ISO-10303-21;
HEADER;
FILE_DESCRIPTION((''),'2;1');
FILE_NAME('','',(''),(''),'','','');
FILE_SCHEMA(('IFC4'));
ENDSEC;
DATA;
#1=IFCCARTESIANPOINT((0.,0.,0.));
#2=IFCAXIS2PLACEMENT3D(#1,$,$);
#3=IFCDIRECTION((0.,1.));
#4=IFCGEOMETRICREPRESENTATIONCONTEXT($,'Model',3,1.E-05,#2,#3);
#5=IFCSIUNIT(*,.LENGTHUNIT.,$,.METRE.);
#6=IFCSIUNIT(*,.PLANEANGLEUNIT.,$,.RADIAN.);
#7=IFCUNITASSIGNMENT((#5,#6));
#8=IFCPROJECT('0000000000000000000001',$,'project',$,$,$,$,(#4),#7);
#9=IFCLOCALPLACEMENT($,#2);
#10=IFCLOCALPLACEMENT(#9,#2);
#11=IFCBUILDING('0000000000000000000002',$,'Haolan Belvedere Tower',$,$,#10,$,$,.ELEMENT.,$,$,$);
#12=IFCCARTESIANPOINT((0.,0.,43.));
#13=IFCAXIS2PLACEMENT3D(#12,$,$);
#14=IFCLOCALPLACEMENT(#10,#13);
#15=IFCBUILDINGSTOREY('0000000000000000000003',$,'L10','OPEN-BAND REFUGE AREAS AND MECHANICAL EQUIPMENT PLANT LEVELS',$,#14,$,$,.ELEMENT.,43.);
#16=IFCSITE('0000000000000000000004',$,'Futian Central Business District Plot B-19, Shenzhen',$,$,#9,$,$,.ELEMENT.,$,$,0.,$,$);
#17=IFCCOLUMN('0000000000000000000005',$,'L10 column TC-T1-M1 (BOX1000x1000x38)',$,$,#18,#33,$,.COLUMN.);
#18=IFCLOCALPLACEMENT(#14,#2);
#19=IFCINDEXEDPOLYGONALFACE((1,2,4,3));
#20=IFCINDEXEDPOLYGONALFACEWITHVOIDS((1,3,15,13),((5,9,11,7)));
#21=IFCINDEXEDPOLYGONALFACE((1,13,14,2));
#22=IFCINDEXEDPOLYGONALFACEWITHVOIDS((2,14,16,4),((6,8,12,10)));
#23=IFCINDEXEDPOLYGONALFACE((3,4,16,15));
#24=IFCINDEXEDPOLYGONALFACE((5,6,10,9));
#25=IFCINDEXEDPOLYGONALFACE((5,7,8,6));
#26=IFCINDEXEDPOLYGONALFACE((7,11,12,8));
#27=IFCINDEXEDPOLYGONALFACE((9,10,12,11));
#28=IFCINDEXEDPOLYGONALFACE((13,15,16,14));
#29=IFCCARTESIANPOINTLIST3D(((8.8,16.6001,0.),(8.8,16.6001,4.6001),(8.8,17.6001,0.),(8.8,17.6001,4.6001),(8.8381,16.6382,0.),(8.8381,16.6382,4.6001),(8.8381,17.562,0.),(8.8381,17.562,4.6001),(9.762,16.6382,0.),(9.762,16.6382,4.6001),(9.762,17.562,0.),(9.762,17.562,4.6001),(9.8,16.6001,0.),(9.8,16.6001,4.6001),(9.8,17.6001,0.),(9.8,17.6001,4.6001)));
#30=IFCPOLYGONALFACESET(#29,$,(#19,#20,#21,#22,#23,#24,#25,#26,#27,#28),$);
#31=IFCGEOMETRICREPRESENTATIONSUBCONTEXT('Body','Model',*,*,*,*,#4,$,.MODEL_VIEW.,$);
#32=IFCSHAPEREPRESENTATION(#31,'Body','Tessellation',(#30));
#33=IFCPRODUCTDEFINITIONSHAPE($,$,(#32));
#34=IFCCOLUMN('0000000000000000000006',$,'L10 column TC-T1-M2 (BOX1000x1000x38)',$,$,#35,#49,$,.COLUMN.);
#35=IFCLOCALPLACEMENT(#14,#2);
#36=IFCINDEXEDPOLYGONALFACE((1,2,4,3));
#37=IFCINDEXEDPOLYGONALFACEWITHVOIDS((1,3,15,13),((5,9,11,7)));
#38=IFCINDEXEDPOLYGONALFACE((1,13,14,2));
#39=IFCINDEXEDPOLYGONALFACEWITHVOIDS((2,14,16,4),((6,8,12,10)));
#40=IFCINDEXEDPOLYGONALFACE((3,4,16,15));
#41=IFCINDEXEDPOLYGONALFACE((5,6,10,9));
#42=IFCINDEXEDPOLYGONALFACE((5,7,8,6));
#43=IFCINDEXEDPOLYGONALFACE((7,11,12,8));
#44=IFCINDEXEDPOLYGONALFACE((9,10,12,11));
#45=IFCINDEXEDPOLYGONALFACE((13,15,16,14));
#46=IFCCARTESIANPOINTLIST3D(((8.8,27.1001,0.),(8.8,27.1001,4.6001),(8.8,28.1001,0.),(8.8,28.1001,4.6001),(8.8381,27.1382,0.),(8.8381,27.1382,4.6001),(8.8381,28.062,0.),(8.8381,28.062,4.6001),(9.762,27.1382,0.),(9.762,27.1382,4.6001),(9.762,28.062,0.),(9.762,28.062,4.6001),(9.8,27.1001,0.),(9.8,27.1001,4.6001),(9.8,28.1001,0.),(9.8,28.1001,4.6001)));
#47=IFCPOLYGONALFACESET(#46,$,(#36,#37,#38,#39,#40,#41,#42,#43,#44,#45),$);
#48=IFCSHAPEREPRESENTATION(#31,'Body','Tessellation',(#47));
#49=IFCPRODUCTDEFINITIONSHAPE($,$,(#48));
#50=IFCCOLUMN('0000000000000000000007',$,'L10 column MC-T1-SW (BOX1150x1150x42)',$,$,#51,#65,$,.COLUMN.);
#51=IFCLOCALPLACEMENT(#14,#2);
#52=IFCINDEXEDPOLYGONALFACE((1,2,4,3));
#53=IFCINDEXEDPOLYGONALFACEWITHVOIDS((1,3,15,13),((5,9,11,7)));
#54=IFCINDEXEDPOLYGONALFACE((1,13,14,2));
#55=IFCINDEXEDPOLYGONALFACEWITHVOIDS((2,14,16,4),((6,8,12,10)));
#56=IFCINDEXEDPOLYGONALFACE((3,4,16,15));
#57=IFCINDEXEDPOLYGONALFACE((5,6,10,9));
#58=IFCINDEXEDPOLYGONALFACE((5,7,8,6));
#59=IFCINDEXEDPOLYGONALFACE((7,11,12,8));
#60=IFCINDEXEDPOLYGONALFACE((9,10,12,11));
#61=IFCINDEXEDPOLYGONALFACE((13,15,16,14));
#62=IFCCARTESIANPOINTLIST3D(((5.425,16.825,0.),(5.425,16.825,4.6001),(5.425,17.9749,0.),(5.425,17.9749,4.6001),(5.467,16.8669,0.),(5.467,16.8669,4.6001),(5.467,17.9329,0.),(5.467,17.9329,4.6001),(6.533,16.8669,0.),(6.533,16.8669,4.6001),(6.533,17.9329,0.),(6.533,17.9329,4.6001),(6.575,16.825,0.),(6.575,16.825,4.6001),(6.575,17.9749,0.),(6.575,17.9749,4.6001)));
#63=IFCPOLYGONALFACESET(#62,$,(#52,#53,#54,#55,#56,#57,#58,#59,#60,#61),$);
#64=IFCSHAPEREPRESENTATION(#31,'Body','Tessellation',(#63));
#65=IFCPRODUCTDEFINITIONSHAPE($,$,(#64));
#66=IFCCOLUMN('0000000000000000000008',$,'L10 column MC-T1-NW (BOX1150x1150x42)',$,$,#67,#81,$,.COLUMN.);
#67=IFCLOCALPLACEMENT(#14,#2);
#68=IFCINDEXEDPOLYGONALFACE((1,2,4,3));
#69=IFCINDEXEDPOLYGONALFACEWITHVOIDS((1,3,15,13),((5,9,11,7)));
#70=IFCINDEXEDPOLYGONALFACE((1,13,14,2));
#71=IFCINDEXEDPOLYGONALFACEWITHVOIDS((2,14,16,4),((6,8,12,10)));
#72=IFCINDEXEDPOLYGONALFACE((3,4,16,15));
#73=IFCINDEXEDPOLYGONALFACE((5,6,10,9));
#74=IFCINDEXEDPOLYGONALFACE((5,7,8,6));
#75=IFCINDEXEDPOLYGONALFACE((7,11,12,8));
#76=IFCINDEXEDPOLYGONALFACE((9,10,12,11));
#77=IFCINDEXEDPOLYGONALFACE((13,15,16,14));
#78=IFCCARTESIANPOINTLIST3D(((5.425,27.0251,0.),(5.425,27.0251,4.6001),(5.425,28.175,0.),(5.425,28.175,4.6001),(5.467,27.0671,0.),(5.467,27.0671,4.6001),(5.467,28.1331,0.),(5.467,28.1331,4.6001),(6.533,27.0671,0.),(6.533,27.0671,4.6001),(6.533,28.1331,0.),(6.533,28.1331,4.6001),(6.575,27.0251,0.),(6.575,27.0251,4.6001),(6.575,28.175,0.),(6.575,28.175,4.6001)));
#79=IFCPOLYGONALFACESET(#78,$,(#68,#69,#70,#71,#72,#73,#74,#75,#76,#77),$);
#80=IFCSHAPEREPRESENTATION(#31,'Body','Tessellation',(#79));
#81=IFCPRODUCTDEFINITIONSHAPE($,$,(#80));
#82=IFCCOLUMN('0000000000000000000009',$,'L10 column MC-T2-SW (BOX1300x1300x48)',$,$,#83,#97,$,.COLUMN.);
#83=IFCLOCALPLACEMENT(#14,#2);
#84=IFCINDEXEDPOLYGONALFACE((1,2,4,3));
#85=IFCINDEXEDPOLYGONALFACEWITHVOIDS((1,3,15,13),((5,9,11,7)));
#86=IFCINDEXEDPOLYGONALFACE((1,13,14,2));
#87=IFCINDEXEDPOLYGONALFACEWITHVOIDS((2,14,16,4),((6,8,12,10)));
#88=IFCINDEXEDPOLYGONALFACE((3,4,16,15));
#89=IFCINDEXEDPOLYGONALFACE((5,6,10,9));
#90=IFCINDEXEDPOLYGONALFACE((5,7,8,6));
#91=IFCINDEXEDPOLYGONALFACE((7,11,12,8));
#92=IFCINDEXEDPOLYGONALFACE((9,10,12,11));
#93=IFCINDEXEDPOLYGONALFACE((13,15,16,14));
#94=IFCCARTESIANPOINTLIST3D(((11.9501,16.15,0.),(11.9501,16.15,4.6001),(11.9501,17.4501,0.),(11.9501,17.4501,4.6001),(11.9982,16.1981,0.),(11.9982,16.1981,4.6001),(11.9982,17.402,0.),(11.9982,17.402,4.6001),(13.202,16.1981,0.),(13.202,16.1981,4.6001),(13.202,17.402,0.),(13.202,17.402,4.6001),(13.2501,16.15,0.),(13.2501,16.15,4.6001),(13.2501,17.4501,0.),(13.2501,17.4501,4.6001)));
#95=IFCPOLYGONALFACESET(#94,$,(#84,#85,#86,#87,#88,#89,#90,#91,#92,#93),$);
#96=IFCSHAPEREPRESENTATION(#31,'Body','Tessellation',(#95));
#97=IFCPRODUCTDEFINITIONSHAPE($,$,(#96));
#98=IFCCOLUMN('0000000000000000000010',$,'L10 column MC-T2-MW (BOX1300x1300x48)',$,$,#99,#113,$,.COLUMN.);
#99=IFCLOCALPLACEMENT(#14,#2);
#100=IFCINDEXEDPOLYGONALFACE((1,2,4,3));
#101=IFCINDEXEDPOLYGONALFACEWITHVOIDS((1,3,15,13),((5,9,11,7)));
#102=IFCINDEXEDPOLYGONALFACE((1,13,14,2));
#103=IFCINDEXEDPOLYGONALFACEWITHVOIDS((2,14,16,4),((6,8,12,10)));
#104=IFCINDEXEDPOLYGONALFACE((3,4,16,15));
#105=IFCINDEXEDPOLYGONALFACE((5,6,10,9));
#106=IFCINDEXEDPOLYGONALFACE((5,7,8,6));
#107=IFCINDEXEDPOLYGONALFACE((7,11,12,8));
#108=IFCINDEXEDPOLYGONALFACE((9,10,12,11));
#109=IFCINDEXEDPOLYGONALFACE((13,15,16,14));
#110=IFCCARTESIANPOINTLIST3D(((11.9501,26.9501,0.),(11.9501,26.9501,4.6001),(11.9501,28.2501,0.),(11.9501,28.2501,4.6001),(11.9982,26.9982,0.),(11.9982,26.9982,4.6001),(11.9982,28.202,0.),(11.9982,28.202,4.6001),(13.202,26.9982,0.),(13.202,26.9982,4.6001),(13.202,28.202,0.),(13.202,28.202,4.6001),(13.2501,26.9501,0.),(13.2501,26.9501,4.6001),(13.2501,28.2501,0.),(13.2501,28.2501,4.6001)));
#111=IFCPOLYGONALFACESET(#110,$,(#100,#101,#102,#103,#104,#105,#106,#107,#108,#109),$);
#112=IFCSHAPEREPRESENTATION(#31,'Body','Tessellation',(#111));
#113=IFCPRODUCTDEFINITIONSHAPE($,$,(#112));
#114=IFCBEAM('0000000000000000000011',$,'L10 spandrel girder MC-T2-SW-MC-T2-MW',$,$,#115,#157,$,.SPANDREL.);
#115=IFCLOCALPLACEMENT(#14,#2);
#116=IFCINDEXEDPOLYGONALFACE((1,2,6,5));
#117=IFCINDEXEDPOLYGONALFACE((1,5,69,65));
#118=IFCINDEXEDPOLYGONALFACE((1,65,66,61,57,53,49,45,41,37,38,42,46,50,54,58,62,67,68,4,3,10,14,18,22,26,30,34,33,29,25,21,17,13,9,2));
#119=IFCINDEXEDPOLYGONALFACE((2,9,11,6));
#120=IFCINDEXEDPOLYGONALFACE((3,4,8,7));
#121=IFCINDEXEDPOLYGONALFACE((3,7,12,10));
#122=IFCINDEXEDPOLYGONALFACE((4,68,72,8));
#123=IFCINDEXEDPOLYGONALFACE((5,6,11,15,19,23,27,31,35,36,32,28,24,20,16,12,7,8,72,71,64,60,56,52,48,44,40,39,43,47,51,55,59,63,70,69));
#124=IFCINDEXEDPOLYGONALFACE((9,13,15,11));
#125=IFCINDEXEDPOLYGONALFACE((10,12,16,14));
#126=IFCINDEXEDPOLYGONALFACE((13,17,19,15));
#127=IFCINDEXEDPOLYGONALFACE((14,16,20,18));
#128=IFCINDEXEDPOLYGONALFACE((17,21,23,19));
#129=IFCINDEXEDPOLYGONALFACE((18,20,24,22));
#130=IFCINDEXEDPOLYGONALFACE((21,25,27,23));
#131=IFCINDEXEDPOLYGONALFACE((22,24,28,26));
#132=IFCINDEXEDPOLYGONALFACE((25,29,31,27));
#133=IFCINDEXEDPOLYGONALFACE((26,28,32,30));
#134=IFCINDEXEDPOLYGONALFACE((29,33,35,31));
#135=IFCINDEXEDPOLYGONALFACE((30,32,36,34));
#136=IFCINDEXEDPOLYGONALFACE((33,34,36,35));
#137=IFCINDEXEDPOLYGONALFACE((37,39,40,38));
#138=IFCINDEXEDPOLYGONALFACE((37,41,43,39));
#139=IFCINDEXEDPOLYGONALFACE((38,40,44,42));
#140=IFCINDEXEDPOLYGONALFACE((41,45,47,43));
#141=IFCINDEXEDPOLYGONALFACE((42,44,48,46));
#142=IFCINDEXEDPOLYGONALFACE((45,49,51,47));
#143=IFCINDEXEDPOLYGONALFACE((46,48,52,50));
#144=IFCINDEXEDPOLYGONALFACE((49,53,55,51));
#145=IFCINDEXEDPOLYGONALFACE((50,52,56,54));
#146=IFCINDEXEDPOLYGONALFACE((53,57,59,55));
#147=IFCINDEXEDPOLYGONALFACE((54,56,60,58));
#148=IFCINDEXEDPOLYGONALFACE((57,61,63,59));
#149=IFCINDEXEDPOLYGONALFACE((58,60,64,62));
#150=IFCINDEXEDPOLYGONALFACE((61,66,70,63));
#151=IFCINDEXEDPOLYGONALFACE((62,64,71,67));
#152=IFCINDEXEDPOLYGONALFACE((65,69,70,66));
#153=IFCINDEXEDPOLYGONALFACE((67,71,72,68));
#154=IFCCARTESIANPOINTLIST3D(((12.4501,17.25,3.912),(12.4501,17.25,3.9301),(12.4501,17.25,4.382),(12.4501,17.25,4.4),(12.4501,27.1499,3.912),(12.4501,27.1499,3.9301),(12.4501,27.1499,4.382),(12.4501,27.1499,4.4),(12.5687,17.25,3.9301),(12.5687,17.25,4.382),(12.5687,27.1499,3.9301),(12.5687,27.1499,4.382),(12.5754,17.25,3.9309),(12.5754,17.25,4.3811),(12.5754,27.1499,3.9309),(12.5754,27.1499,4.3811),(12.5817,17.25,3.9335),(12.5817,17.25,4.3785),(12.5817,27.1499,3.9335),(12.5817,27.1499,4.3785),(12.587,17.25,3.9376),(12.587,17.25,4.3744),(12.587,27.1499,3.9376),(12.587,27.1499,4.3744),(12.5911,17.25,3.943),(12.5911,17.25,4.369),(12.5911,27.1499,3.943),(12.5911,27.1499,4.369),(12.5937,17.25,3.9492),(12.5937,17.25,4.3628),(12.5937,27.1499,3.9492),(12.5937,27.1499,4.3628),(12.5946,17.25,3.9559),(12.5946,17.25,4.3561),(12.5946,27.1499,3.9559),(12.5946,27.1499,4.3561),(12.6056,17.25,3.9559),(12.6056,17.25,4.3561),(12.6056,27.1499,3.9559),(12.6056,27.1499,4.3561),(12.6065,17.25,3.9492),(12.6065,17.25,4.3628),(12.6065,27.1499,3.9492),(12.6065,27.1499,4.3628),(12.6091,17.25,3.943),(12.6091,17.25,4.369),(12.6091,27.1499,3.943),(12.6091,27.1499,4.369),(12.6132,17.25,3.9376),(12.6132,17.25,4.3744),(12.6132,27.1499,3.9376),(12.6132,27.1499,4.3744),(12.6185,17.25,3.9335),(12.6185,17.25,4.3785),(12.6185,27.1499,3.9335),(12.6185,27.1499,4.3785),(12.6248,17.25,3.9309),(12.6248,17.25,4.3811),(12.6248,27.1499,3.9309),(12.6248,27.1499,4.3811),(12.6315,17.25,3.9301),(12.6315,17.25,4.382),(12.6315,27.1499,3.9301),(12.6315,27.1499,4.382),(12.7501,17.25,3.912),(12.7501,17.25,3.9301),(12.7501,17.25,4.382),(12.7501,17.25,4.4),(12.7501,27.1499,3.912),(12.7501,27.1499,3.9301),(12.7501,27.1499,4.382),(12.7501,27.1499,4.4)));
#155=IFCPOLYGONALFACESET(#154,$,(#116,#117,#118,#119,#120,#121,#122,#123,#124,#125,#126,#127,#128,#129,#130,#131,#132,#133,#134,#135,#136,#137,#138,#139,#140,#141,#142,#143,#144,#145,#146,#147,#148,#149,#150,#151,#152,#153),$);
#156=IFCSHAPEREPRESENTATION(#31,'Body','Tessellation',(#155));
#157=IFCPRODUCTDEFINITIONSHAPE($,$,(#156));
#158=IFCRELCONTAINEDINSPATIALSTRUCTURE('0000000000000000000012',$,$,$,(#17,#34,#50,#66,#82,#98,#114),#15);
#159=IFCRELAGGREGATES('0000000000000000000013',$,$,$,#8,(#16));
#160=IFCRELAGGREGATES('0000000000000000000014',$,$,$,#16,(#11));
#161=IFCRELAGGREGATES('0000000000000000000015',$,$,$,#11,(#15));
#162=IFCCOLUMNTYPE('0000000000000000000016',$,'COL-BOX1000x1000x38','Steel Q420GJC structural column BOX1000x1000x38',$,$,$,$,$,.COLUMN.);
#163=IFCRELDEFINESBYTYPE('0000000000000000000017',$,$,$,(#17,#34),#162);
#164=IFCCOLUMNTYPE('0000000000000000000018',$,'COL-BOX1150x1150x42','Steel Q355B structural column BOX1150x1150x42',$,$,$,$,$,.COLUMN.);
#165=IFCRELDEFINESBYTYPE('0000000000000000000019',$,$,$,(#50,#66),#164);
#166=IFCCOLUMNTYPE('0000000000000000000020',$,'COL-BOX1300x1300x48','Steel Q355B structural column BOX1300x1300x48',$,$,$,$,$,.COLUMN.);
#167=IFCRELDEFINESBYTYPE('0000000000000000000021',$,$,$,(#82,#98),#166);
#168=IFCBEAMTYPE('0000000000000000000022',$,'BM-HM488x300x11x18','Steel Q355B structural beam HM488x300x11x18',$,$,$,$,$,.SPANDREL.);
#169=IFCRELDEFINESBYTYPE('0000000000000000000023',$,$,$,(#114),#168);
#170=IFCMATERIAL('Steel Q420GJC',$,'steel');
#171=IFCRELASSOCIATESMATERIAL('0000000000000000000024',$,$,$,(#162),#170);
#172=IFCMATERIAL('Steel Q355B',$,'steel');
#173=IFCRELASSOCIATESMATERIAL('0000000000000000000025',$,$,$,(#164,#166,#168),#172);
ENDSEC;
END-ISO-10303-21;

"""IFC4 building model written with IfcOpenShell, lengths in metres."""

from ifc_helpers import new_model, si_unit, direction, frame, origin, origin_2d, place, context, subcontext, project, spatial, hollow_rectangle, i_section, extrude, material, material_profile, profile_set, type_object, element, save


model = new_model("IFC4")

# Units and contexts
model_context = context("Model", 3, precision=1e-05, world=origin(), true_north=direction((0.0, 1.0)))
body_context = subcontext(model_context, "Body", "Model", "MODEL_VIEW")
ifc_project = project(units=[si_unit("LENGTHUNIT", "METRE"), si_unit("PLANEANGLEUNIT", "RADIAN")], contexts=[model_context])

# Site, building, storey
site_placement = place(None, origin())
site = spatial("IfcSite", under=ifc_project, at=site_placement, Name="Futian Central Business District Plot B-19, Shenzhen", CompositionType="ELEMENT", RefElevation=0.0)
building_placement = place(site_placement, origin())
building = spatial("IfcBuilding", under=site, at=building_placement, Name="Haolan Belvedere Tower", CompositionType="ELEMENT")
storey_placement = place(building_placement, frame((0.0, 0.0, 43.0)))
storey = spatial("IfcBuildingStorey", under=building, at=storey_placement, Name="L10", Description="OPEN-BAND REFUGE AREAS AND MECHANICAL EQUIPMENT PLANT LEVELS", CompositionType="ELEMENT", Elevation=43.0)

# Columns
ifc_material_1 = material(Name="Steel Q420GJC", Category="steel")
ifc_material_profile_1 = material_profile(ifc_material_1, hollow_rectangle(XDim=1.0, YDim=1.0, WallThickness=0.0381, at=origin_2d()), Name="Steel Q420GJC")
ifc_profile_set_1 = profile_set([ifc_material_profile_1], Name="Steel Q420GJC")
column_type_1 = type_object("IfcColumnType", Name="COL-BOX1000x1000x38", Description="Steel Q420GJC structural column BOX1000x1000x38", PredefinedType="COLUMN", material=ifc_profile_set_1)
for number, where, z_axis, x_axis, name in (
    (1, (9.3, 17.1001, 0.0), (0.0, 0.0, 1.0), (1.0, 0.0, 0.0), "L10 column TC-T1-M1 (BOX1000x1000x38)"),
    (2, (9.3, 27.6001, 0.0), (0.0, 0.0, 1.0), (1.0, 0.0, 0.0), "L10 column TC-T1-M2 (BOX1000x1000x38)"),
):
    element("IfcColumn", number, at=place(storey_placement, frame(where, z_axis=z_axis, x_axis=x_axis)), inside=storey, type_object=column_type_1, Name=name, PredefinedType="COLUMN", context=body_context, shape_type="SweptSolid", body=[
        extrude(hollow_rectangle(XDim=1.0, YDim=1.0, WallThickness=0.0381, at=origin_2d()), origin(), (0.0, 0.0, 1.0), 4.6001),
    ])
ifc_material_2 = material(Name="Steel Q355B", Category="steel")
ifc_material_profile_2 = material_profile(ifc_material_2, hollow_rectangle(XDim=1.1499, YDim=1.1499, WallThickness=0.042, at=origin_2d()), Name="Steel Q355B")
ifc_profile_set_2 = profile_set([ifc_material_profile_2], Name="Steel Q355B")
column_type_2 = type_object("IfcColumnType", Name="COL-BOX1150x1150x42", Description="Steel Q355B structural column BOX1150x1150x42", PredefinedType="COLUMN", material=ifc_profile_set_2)
for number, where, z_axis, x_axis, name in (
    (3, (6.0, 17.3999, 0.0), (0.0, 0.0, 1.0), (1.0, 0.0, 0.0), "L10 column MC-T1-SW (BOX1150x1150x42)"),
    (4, (6.0, 27.6001, 0.0), (0.0, 0.0, 1.0), (1.0, 0.0, 0.0), "L10 column MC-T1-NW (BOX1150x1150x42)"),
):
    element("IfcColumn", number, at=place(storey_placement, frame(where, z_axis=z_axis, x_axis=x_axis)), inside=storey, type_object=column_type_2, Name=name, PredefinedType="COLUMN", context=body_context, shape_type="SweptSolid", body=[
        extrude(hollow_rectangle(XDim=1.1499, YDim=1.1499, WallThickness=0.042, at=origin_2d()), origin(), (0.0, 0.0, 1.0), 4.6001),
    ])
ifc_material_profile_3 = material_profile(ifc_material_2, hollow_rectangle(XDim=1.3, YDim=1.3, WallThickness=0.0481, at=origin_2d()), Name="Steel Q355B")
ifc_profile_set_3 = profile_set([ifc_material_profile_3], Name="Steel Q355B")
column_type_3 = type_object("IfcColumnType", Name="COL-BOX1300x1300x48", Description="Steel Q355B structural column BOX1300x1300x48", PredefinedType="COLUMN", material=ifc_profile_set_3)
for number, where, z_axis, x_axis, name in (
    (5, (12.6001, 16.8, 0.0), (0.0, 0.0, 1.0), (1.0, 0.0, 0.0), "L10 column MC-T2-SW (BOX1300x1300x48)"),
    (6, (12.6001, 27.6001, 0.0), (0.0, 0.0, 1.0), (1.0, 0.0, 0.0), "L10 column MC-T2-MW (BOX1300x1300x48)"),
):
    element("IfcColumn", number, at=place(storey_placement, frame(where, z_axis=z_axis, x_axis=x_axis)), inside=storey, type_object=column_type_3, Name=name, PredefinedType="COLUMN", context=body_context, shape_type="SweptSolid", body=[
        extrude(hollow_rectangle(XDim=1.3, YDim=1.3, WallThickness=0.0481, at=origin_2d()), origin(), (0.0, 0.0, 1.0), 4.6001),
    ])

# Beam
ifc_material_profile_4 = material_profile(ifc_material_2, i_section(OverallWidth=0.3, OverallDepth=0.488, WebThickness=0.011, FlangeThickness=0.0181, FilletRadius=0.0259, at=origin_2d()), Name="Steel Q355B")
ifc_profile_set_4 = profile_set([ifc_material_profile_4], Name="Steel Q355B")
beam_type_1 = type_object("IfcBeamType", Name="BM-HM488x300x11x18", Description="Steel Q355B structural beam HM488x300x11x18", PredefinedType="SPANDREL", material=ifc_profile_set_4)
beam_1_placement = place(storey_placement, frame((12.6001, 17.25, 4.156), z_axis=(0.0, 1.0, 0.0), x_axis=(-1.0, 0.0, 0.0)))
element("IfcBeam", 7, at=beam_1_placement, inside=storey, type_object=beam_type_1, Name="L10 spandrel girder MC-T2-SW-MC-T2-MW", PredefinedType="SPANDREL", context=body_context, shape_type="SweptSolid", body=[
    extrude(i_section(OverallWidth=0.3, OverallDepth=0.488, WebThickness=0.011, FlangeThickness=0.0181, FilletRadius=0.0259, at=origin_2d()), origin(), (0.0, 0.0, 1.0), 9.8999),
])

save(model, "model.ifc")
